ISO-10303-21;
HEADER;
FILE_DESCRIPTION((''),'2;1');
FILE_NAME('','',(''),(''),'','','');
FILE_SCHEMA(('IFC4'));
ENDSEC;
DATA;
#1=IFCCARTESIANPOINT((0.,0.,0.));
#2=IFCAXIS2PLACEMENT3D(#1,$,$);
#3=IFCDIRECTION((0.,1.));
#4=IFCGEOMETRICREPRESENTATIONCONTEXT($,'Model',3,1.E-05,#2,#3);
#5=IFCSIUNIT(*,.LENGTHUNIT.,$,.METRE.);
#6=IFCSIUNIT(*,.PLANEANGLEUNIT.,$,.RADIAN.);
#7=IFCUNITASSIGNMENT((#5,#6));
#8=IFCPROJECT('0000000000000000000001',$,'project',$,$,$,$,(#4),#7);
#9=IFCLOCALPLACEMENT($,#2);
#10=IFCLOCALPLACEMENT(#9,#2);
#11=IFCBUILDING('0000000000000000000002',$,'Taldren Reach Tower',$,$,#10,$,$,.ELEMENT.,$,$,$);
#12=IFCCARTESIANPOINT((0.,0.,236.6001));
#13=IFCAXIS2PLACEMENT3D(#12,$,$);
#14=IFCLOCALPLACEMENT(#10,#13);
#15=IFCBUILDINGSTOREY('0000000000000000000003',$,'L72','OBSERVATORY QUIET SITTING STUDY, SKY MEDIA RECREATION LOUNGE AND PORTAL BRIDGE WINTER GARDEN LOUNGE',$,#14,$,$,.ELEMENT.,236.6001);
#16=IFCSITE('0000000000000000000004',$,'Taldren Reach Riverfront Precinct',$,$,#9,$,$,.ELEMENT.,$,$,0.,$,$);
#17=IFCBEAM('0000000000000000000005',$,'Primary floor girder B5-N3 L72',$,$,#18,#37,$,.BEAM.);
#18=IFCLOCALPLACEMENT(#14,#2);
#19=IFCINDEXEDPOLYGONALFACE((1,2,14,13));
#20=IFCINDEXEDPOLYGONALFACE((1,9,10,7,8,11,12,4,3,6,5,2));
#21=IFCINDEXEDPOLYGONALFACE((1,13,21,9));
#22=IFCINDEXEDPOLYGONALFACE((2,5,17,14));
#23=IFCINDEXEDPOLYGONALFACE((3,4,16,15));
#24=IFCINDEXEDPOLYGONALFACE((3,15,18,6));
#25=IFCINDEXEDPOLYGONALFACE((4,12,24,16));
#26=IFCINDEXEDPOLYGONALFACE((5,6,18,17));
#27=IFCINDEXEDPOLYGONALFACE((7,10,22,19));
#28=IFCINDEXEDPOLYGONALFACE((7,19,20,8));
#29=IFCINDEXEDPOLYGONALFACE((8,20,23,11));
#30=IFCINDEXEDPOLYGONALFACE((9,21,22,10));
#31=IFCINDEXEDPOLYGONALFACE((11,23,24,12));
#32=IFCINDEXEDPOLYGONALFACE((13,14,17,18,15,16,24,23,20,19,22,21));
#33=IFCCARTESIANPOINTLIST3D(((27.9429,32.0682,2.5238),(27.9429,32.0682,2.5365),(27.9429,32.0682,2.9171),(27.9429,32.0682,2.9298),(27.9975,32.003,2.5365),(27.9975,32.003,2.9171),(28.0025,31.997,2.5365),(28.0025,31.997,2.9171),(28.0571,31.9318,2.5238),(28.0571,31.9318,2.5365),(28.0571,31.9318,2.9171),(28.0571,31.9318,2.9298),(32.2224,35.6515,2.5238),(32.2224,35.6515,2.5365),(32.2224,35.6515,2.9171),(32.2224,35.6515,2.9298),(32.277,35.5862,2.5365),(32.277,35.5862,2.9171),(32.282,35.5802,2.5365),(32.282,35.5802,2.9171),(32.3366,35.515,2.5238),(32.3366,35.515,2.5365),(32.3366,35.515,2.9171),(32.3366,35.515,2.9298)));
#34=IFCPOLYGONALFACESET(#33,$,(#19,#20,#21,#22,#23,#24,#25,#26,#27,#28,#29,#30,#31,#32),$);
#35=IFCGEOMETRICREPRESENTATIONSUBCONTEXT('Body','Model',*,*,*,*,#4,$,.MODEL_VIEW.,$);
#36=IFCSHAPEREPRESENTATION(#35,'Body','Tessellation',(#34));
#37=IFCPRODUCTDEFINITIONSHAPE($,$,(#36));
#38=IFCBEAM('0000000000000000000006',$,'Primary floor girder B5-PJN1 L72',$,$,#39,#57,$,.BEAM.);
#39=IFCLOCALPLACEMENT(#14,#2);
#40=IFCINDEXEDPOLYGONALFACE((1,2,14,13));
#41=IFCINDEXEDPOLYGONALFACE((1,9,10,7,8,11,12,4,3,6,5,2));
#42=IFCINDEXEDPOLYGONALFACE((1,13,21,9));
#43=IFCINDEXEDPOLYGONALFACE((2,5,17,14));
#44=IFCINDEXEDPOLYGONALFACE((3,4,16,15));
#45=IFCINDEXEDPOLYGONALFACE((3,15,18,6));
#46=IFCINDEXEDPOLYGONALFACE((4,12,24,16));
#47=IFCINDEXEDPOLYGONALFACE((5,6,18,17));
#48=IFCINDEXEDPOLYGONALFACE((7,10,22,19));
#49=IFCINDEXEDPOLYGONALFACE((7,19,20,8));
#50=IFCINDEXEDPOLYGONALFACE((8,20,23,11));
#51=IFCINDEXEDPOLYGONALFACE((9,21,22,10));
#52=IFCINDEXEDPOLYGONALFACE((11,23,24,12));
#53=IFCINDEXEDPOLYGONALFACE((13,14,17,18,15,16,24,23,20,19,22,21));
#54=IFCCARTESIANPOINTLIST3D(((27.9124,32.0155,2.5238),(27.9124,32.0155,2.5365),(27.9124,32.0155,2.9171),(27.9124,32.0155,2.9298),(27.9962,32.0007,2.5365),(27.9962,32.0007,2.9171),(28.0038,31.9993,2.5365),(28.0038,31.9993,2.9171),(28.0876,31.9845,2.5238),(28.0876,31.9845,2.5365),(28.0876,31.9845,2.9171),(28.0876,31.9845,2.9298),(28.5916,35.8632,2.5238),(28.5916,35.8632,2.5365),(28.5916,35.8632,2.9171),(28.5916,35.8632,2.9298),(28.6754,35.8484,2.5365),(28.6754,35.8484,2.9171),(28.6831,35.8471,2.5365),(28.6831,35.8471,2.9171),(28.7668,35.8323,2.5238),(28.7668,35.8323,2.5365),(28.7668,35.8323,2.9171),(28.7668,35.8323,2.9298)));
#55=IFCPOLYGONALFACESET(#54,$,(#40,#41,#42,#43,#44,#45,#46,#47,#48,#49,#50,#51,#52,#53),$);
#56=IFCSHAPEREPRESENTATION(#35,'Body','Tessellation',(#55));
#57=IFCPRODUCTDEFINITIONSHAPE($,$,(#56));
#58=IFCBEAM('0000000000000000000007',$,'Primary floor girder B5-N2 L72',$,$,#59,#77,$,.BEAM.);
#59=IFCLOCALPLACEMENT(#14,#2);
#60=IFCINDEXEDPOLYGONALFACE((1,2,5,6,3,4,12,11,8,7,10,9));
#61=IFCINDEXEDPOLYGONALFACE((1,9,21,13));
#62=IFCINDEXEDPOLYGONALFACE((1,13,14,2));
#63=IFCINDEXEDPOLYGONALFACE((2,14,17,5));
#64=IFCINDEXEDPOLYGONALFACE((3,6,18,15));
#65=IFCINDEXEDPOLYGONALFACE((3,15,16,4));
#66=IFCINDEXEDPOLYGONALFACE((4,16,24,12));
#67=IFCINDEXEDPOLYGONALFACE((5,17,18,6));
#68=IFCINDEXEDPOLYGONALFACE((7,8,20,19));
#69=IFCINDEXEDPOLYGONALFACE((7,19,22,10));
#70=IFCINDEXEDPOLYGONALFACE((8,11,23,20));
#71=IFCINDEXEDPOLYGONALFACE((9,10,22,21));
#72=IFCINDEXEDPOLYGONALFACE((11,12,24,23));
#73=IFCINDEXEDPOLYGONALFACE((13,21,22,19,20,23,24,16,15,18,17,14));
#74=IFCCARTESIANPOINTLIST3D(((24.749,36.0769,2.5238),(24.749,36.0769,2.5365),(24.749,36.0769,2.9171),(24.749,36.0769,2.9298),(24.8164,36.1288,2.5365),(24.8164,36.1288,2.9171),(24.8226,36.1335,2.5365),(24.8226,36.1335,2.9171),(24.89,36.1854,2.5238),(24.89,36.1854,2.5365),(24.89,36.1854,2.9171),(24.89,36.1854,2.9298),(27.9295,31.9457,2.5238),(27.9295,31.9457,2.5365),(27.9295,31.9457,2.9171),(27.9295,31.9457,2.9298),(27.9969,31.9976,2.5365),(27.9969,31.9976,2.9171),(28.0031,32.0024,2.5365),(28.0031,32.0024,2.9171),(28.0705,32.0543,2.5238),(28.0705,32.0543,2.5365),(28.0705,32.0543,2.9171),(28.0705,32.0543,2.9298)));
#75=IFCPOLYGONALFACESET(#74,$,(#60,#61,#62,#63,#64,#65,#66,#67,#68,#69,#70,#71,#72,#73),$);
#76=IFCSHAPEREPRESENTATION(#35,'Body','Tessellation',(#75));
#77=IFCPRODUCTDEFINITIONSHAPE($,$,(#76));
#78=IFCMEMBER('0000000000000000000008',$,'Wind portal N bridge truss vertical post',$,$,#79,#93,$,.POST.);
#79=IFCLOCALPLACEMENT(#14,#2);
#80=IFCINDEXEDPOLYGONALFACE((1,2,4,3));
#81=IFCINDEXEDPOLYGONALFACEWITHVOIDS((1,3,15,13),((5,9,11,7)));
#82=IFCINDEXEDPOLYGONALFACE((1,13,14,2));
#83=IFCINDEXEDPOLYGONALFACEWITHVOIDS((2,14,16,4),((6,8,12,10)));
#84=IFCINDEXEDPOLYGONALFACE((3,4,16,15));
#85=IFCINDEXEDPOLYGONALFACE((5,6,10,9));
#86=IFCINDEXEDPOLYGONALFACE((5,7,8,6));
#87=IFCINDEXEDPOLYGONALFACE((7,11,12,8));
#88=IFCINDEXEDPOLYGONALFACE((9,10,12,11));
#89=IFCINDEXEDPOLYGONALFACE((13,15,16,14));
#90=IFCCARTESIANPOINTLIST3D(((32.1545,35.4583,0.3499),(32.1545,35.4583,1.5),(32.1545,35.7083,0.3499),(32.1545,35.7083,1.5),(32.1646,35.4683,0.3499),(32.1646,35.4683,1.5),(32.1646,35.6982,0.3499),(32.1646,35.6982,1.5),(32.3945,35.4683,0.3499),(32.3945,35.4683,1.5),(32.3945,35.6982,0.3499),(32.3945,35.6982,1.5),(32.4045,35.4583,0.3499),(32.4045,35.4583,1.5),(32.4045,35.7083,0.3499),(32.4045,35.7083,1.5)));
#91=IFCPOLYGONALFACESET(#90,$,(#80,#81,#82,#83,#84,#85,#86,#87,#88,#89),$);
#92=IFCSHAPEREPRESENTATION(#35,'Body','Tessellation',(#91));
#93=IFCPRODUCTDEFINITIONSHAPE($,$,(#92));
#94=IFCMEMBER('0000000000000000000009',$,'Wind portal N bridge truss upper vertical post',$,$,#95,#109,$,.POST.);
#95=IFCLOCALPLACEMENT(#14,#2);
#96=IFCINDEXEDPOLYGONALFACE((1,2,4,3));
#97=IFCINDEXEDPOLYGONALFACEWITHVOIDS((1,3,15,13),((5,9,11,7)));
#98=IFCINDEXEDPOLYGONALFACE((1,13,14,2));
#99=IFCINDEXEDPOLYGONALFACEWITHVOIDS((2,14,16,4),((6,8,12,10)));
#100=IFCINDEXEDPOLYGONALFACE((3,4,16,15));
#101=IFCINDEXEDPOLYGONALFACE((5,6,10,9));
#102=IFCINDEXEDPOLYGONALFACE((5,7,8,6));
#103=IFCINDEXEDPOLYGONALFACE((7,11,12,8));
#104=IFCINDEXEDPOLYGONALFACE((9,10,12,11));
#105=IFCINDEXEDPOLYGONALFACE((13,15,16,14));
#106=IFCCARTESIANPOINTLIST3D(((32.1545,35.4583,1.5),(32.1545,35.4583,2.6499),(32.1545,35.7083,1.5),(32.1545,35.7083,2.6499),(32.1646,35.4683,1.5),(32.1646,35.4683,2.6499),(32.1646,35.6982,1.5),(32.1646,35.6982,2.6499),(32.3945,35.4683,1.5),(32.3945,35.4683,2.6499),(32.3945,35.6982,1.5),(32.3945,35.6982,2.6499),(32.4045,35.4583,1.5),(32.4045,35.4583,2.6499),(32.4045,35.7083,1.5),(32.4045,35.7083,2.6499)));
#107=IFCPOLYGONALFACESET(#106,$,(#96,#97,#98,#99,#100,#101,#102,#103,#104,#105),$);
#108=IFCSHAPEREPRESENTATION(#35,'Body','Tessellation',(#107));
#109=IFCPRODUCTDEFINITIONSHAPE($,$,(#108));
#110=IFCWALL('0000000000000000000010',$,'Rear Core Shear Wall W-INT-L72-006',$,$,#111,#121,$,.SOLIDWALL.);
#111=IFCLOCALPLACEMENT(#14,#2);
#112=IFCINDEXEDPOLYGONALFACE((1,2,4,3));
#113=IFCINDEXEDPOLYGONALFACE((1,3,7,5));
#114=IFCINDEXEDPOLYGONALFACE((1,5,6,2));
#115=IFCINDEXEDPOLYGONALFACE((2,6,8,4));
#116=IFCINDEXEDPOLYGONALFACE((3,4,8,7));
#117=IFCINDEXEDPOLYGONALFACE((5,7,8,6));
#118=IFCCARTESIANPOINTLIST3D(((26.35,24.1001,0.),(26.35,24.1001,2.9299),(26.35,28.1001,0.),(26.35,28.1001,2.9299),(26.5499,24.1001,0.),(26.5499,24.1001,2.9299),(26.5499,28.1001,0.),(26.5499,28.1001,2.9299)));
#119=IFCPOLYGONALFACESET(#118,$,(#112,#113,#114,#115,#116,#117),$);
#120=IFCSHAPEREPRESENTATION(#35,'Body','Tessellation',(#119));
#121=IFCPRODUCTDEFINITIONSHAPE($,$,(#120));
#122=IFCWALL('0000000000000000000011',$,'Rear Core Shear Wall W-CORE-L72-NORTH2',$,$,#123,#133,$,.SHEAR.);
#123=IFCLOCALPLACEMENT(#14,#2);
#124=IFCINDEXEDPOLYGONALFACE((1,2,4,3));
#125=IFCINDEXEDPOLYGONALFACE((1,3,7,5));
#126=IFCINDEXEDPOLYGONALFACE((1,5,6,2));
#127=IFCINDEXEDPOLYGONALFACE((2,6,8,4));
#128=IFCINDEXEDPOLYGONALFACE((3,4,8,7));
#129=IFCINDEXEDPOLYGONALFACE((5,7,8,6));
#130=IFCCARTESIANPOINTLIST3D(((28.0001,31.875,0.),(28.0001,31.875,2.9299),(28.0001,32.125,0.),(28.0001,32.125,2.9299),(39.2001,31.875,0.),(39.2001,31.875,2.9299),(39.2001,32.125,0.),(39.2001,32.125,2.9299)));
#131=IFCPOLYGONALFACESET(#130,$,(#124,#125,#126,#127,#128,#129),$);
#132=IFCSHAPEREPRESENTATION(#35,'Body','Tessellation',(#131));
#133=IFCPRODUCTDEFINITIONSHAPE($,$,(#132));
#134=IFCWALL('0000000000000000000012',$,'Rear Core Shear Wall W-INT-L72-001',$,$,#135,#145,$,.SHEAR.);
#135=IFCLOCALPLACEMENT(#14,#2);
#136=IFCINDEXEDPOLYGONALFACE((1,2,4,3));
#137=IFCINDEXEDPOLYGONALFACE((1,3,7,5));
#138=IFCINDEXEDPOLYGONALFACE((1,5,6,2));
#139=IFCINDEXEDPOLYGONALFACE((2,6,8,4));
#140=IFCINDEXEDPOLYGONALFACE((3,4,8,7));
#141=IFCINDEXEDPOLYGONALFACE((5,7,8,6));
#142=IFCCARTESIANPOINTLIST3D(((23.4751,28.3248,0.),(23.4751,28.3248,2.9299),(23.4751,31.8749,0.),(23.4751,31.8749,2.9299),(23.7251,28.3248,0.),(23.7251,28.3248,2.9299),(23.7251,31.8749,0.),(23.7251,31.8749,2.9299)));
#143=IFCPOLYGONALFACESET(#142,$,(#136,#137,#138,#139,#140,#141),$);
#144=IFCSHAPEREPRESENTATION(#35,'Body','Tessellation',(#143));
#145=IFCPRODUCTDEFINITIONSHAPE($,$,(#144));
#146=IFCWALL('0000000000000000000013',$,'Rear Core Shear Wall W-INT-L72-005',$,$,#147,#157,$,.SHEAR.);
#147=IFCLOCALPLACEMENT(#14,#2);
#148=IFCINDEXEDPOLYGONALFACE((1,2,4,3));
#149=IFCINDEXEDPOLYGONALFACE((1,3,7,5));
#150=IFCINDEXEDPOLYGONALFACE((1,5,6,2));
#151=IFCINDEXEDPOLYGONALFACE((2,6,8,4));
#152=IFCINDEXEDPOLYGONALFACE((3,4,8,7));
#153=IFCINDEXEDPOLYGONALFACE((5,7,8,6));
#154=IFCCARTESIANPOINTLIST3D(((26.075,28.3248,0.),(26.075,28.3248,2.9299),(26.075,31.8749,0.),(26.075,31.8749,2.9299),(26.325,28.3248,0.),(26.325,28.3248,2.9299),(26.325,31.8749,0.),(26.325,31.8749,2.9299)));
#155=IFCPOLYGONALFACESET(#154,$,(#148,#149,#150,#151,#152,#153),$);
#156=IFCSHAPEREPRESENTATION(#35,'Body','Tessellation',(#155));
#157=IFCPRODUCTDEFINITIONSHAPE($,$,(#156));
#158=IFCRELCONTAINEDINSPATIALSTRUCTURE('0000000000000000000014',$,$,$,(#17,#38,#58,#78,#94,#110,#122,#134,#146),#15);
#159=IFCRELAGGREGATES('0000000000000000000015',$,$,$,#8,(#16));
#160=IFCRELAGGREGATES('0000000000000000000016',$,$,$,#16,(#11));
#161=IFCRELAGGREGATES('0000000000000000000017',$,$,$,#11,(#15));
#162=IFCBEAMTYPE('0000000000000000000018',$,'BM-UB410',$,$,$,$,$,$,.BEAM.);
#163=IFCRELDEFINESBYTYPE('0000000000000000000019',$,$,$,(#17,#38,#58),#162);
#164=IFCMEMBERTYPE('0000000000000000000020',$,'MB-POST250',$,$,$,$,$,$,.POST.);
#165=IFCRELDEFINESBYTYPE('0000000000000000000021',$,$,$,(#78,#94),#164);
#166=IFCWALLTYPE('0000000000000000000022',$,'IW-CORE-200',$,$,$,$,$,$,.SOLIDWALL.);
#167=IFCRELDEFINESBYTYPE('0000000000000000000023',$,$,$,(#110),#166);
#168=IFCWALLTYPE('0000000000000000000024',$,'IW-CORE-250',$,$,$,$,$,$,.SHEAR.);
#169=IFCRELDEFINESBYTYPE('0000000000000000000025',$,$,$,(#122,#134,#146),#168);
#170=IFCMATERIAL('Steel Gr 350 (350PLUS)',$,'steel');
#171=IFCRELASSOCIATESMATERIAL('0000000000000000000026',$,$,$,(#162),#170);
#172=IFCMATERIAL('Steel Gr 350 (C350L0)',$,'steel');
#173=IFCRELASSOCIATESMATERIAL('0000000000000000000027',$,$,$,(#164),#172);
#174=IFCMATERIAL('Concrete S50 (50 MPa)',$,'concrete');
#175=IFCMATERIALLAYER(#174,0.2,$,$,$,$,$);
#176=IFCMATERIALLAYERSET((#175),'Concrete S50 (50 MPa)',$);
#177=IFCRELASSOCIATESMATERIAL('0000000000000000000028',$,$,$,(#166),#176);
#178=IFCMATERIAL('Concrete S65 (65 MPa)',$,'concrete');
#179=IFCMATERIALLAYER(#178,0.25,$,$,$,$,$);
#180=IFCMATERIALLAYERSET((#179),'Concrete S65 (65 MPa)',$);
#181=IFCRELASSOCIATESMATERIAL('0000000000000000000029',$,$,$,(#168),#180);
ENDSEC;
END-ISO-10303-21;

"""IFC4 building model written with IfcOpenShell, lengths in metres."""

from ifc_helpers import new_model, si_unit, direction, frame, frame_2d, origin, origin_2d, place, context, subcontext, project, spatial, rectangle, hollow_rectangle, i_section, extrude, source, transform, mapped, material, layer, layer_set, material_profile, profile_set, type_object, element, save


model = new_model("IFC4")

# Units and contexts
model_context = context("Model", 3, precision=1e-05, world=origin(), true_north=direction((0.0, 1.0)))
body_context = subcontext(model_context, "Body", "Model", "MODEL_VIEW")
ifc_project = project(units=[si_unit("LENGTHUNIT", "METRE"), si_unit("PLANEANGLEUNIT", "RADIAN")], contexts=[model_context])

# Site, building, storey
site_placement = place(None, origin())
site = spatial("IfcSite", under=ifc_project, at=site_placement, Name="Taldren Reach Riverfront Precinct", CompositionType="ELEMENT", RefElevation=0.0)
building_placement = place(site_placement, origin())
building = spatial("IfcBuilding", under=site, at=building_placement, Name="Taldren Reach Tower", CompositionType="ELEMENT")
storey_placement = place(building_placement, frame((0.0, 0.0, 236.6001)))
storey = spatial("IfcBuildingStorey", under=building, at=storey_placement, Name="L72", Description="OBSERVATORY QUIET SITTING STUDY, SKY MEDIA RECREATION LOUNGE AND PORTAL BRIDGE WINTER GARDEN LOUNGE", CompositionType="ELEMENT", Elevation=236.6001)

# Shared definitions
ifc_material_1 = material(Name="Steel Gr 350 (350PLUS)", Category="steel")

# Beams
ifc_material_profile_1 = material_profile(ifc_material_1, i_section(OverallWidth=0.178, OverallDepth=0.406, WebThickness=0.0078, FlangeThickness=0.0127, at=origin_2d()), Name="410UB59.7")
ifc_profile_set_1 = profile_set([ifc_material_profile_1], Name="Steel Gr 350 (350PLUS)")
beam_type_1 = type_object("IfcBeamType", Name="BM-UB410", PredefinedType="BEAM", material=ifc_profile_set_1)
shared_shape_1 = source(origin(), body_context, "Body", "SweptSolid", [
    extrude(i_section(OverallWidth=0.178, OverallDepth=0.406, WebThickness=0.0078, FlangeThickness=0.0127, at=origin_2d()), origin(), (0.0, 0.0, 1.0), 5.5815),
])
beam_1_placement = place(storey_placement, frame((28.0, 32.0, 2.7268), z_axis=(0.766724, 0.641977, 0.0), x_axis=(-0.641977, 0.766724, 0.0)))
element("IfcBeam", 1, at=beam_1_placement, inside=storey, type_object=beam_type_1, Name="Primary floor girder B5-N3 L72", PredefinedType="BEAM", context=body_context, shape_type="MappedRepresentation", body=[
    mapped(shared_shape_1, transform((0.0, 0.0, 0.0), scale=1.0)),
])
shared_shape_2 = source(origin(), body_context, "Body", "SweptSolid", [
    extrude(i_section(OverallWidth=0.178, OverallDepth=0.406, WebThickness=0.0078, FlangeThickness=0.0127, at=origin_2d()), origin(), (0.0, 0.0, 1.0), 3.9072),
])
beam_2_placement = place(storey_placement, frame((28.0, 32.0, 2.7268), z_axis=(0.173835, 0.984775, 0.0), x_axis=(-0.984775, 0.173835, 0.0)))
element("IfcBeam", 2, at=beam_2_placement, inside=storey, type_object=beam_type_1, Name="Primary floor girder B5-PJN1 L72", PredefinedType="BEAM", context=body_context, shape_type="MappedRepresentation", body=[
    mapped(shared_shape_2, transform((0.0, 0.0, 0.0), scale=1.0)),
])
shared_shape_3 = source(origin(), body_context, "Body", "SweptSolid", [
    extrude(i_section(OverallWidth=0.178, OverallDepth=0.406, WebThickness=0.0078, FlangeThickness=0.0127, at=origin_2d()), origin(), (0.0, 0.0, 1.0), 5.2136),
])
beam_3_placement = place(storey_placement, frame((28.0, 32.0, 2.7268), z_axis=(-0.61003, 0.792378, 0.0), x_axis=(-0.792378, -0.61003, 0.0)))
element("IfcBeam", 3, at=beam_3_placement, inside=storey, type_object=beam_type_1, Name="Primary floor girder B5-N2 L72", PredefinedType="BEAM", context=body_context, shape_type="MappedRepresentation", body=[
    mapped(shared_shape_3, transform((0.0, 0.0, 0.0), scale=1.0)),
])

# Members
ifc_material_2 = material(Name="Steel Gr 350 (C350L0)", Category="steel")
ifc_material_profile_2 = material_profile(ifc_material_2, hollow_rectangle(XDim=0.25, YDim=0.25, WallThickness=0.01, at=origin_2d()), Name="250x250x10.0SHS")
ifc_profile_set_2 = profile_set([ifc_material_profile_2], Name="Steel Gr 350 (C350L0)")
member_type = type_object("IfcMemberType", Name="MB-POST250", PredefinedType="POST", material=ifc_profile_set_2)
shared_shape_4 = source(origin(), body_context, "Body", "SweptSolid", [
    extrude(hollow_rectangle(XDim=0.25, YDim=0.25, WallThickness=0.01, at=origin_2d()), origin(), (0.0, 0.0, 1.0), 1.1501),
])
member_1_placement = place(storey_placement, frame((32.2795, 35.5833, 0.3499), z_axis=(0.0, 0.0, 1.0), x_axis=(1.0, 0.0, 0.0)))
element("IfcMember", 4, at=member_1_placement, inside=storey, type_object=member_type, Name="Wind portal N bridge truss vertical post", PredefinedType="POST", context=body_context, shape_type="MappedRepresentation", body=[
    mapped(shared_shape_4, transform((0.0, 0.0, 0.0), scale=1.0)),
])
shared_shape_5 = source(origin(), body_context, "Body", "SweptSolid", [
    extrude(hollow_rectangle(XDim=0.25, YDim=0.25, WallThickness=0.01, at=origin_2d()), origin(), (0.0, 0.0, 1.0), 1.1499),
])
member_2_placement = place(storey_placement, frame((32.2795, 35.5833, 1.5), z_axis=(0.0, 0.0, 1.0), x_axis=(1.0, 0.0, 0.0)))
element("IfcMember", 5, at=member_2_placement, inside=storey, type_object=member_type, Name="Wind portal N bridge truss upper vertical post", PredefinedType="POST", context=body_context, shape_type="MappedRepresentation", body=[
    mapped(shared_shape_5, transform((0.0, 0.0, 0.0), scale=1.0)),
])

# Walls
ifc_material_3 = material(Name="Concrete S50 (50 MPa)", Category="concrete")
ifc_layer_1 = layer(ifc_material_3, 0.2)
ifc_layer_set_1 = layer_set([ifc_layer_1], Name="Concrete S50 (50 MPa)")
wall_type_1 = type_object("IfcWallType", Name="IW-CORE-200", PredefinedType="SOLIDWALL", material=ifc_layer_set_1)
shared_shape_6 = source(origin(), body_context, "Body", "SweptSolid", [
    extrude(rectangle(XDim=4.0, YDim=0.2, at=frame_2d((2.0, 0.0))), origin(), (0.0, 0.0, 1.0), 2.9299),
])
wall_1_placement = place(storey_placement, frame((26.45, 24.1001, 0.0), z_axis=(0.0, 0.0, 1.0), x_axis=(0.0, 1.0, 0.0)))
element("IfcWall", 6, at=wall_1_placement, inside=storey, type_object=wall_type_1, Name="Rear Core Shear Wall W-INT-L72-006", PredefinedType="SOLIDWALL", context=body_context, shape_type="MappedRepresentation", body=[
    mapped(shared_shape_6, transform((0.0, 0.0, 0.0), scale=1.0)),
])
ifc_material_4 = material(Name="Concrete S65 (65 MPa)", Category="concrete")
ifc_layer_2 = layer(ifc_material_4, 0.25)
ifc_layer_set_2 = layer_set([ifc_layer_2], Name="Concrete S65 (65 MPa)")
wall_type_2 = type_object("IfcWallType", Name="IW-CORE-250", PredefinedType="SHEAR", material=ifc_layer_set_2)
shared_shape_7 = source(origin(), body_context, "Body", "SweptSolid", [
    extrude(rectangle(XDim=11.2, YDim=0.25, at=frame_2d((5.6001, 0.0))), origin(), (0.0, 0.0, 1.0), 2.9299),
])
wall_2_placement = place(storey_placement, frame((28.0, 32.0, 0.0), z_axis=(0.0, 0.0, 1.0), x_axis=(1.0, 0.0, 0.0)))
element("IfcWall", 7, at=wall_2_placement, inside=storey, type_object=wall_type_2, Name="Rear Core Shear Wall W-CORE-L72-NORTH2", PredefinedType="SHEAR", context=body_context, shape_type="MappedRepresentation", body=[
    mapped(shared_shape_7, transform((0.0, 0.0, 0.0), scale=1.0)),
])
shared_shape_8 = source(origin(), body_context, "Body", "SweptSolid", [
    extrude(rectangle(XDim=3.55, YDim=0.25, at=frame_2d((1.7749, 0.0))), origin(), (0.0, 0.0, 1.0), 2.9299),
])
for number, where, z_axis, x_axis, name in (
    (8, (23.6001, 28.325, 0.0), (0.0, 0.0, 1.0), (0.0, 1.0, 0.0), "Rear Core Shear Wall W-INT-L72-001"),
    (9, (26.2, 28.325, 0.0), (0.0, 0.0, 1.0), (0.0, 1.0, 0.0), "Rear Core Shear Wall W-INT-L72-005"),
):
    element("IfcWall", number, at=place(storey_placement, frame(where, z_axis=z_axis, x_axis=x_axis)), inside=storey, type_object=wall_type_2, Name=name, PredefinedType="SHEAR", context=body_context, shape_type="MappedRepresentation", body=[
        mapped(shared_shape_8, transform((0.0, 0.0, 0.0), scale=1.0)),
    ])

save(model, "model.ifc")
